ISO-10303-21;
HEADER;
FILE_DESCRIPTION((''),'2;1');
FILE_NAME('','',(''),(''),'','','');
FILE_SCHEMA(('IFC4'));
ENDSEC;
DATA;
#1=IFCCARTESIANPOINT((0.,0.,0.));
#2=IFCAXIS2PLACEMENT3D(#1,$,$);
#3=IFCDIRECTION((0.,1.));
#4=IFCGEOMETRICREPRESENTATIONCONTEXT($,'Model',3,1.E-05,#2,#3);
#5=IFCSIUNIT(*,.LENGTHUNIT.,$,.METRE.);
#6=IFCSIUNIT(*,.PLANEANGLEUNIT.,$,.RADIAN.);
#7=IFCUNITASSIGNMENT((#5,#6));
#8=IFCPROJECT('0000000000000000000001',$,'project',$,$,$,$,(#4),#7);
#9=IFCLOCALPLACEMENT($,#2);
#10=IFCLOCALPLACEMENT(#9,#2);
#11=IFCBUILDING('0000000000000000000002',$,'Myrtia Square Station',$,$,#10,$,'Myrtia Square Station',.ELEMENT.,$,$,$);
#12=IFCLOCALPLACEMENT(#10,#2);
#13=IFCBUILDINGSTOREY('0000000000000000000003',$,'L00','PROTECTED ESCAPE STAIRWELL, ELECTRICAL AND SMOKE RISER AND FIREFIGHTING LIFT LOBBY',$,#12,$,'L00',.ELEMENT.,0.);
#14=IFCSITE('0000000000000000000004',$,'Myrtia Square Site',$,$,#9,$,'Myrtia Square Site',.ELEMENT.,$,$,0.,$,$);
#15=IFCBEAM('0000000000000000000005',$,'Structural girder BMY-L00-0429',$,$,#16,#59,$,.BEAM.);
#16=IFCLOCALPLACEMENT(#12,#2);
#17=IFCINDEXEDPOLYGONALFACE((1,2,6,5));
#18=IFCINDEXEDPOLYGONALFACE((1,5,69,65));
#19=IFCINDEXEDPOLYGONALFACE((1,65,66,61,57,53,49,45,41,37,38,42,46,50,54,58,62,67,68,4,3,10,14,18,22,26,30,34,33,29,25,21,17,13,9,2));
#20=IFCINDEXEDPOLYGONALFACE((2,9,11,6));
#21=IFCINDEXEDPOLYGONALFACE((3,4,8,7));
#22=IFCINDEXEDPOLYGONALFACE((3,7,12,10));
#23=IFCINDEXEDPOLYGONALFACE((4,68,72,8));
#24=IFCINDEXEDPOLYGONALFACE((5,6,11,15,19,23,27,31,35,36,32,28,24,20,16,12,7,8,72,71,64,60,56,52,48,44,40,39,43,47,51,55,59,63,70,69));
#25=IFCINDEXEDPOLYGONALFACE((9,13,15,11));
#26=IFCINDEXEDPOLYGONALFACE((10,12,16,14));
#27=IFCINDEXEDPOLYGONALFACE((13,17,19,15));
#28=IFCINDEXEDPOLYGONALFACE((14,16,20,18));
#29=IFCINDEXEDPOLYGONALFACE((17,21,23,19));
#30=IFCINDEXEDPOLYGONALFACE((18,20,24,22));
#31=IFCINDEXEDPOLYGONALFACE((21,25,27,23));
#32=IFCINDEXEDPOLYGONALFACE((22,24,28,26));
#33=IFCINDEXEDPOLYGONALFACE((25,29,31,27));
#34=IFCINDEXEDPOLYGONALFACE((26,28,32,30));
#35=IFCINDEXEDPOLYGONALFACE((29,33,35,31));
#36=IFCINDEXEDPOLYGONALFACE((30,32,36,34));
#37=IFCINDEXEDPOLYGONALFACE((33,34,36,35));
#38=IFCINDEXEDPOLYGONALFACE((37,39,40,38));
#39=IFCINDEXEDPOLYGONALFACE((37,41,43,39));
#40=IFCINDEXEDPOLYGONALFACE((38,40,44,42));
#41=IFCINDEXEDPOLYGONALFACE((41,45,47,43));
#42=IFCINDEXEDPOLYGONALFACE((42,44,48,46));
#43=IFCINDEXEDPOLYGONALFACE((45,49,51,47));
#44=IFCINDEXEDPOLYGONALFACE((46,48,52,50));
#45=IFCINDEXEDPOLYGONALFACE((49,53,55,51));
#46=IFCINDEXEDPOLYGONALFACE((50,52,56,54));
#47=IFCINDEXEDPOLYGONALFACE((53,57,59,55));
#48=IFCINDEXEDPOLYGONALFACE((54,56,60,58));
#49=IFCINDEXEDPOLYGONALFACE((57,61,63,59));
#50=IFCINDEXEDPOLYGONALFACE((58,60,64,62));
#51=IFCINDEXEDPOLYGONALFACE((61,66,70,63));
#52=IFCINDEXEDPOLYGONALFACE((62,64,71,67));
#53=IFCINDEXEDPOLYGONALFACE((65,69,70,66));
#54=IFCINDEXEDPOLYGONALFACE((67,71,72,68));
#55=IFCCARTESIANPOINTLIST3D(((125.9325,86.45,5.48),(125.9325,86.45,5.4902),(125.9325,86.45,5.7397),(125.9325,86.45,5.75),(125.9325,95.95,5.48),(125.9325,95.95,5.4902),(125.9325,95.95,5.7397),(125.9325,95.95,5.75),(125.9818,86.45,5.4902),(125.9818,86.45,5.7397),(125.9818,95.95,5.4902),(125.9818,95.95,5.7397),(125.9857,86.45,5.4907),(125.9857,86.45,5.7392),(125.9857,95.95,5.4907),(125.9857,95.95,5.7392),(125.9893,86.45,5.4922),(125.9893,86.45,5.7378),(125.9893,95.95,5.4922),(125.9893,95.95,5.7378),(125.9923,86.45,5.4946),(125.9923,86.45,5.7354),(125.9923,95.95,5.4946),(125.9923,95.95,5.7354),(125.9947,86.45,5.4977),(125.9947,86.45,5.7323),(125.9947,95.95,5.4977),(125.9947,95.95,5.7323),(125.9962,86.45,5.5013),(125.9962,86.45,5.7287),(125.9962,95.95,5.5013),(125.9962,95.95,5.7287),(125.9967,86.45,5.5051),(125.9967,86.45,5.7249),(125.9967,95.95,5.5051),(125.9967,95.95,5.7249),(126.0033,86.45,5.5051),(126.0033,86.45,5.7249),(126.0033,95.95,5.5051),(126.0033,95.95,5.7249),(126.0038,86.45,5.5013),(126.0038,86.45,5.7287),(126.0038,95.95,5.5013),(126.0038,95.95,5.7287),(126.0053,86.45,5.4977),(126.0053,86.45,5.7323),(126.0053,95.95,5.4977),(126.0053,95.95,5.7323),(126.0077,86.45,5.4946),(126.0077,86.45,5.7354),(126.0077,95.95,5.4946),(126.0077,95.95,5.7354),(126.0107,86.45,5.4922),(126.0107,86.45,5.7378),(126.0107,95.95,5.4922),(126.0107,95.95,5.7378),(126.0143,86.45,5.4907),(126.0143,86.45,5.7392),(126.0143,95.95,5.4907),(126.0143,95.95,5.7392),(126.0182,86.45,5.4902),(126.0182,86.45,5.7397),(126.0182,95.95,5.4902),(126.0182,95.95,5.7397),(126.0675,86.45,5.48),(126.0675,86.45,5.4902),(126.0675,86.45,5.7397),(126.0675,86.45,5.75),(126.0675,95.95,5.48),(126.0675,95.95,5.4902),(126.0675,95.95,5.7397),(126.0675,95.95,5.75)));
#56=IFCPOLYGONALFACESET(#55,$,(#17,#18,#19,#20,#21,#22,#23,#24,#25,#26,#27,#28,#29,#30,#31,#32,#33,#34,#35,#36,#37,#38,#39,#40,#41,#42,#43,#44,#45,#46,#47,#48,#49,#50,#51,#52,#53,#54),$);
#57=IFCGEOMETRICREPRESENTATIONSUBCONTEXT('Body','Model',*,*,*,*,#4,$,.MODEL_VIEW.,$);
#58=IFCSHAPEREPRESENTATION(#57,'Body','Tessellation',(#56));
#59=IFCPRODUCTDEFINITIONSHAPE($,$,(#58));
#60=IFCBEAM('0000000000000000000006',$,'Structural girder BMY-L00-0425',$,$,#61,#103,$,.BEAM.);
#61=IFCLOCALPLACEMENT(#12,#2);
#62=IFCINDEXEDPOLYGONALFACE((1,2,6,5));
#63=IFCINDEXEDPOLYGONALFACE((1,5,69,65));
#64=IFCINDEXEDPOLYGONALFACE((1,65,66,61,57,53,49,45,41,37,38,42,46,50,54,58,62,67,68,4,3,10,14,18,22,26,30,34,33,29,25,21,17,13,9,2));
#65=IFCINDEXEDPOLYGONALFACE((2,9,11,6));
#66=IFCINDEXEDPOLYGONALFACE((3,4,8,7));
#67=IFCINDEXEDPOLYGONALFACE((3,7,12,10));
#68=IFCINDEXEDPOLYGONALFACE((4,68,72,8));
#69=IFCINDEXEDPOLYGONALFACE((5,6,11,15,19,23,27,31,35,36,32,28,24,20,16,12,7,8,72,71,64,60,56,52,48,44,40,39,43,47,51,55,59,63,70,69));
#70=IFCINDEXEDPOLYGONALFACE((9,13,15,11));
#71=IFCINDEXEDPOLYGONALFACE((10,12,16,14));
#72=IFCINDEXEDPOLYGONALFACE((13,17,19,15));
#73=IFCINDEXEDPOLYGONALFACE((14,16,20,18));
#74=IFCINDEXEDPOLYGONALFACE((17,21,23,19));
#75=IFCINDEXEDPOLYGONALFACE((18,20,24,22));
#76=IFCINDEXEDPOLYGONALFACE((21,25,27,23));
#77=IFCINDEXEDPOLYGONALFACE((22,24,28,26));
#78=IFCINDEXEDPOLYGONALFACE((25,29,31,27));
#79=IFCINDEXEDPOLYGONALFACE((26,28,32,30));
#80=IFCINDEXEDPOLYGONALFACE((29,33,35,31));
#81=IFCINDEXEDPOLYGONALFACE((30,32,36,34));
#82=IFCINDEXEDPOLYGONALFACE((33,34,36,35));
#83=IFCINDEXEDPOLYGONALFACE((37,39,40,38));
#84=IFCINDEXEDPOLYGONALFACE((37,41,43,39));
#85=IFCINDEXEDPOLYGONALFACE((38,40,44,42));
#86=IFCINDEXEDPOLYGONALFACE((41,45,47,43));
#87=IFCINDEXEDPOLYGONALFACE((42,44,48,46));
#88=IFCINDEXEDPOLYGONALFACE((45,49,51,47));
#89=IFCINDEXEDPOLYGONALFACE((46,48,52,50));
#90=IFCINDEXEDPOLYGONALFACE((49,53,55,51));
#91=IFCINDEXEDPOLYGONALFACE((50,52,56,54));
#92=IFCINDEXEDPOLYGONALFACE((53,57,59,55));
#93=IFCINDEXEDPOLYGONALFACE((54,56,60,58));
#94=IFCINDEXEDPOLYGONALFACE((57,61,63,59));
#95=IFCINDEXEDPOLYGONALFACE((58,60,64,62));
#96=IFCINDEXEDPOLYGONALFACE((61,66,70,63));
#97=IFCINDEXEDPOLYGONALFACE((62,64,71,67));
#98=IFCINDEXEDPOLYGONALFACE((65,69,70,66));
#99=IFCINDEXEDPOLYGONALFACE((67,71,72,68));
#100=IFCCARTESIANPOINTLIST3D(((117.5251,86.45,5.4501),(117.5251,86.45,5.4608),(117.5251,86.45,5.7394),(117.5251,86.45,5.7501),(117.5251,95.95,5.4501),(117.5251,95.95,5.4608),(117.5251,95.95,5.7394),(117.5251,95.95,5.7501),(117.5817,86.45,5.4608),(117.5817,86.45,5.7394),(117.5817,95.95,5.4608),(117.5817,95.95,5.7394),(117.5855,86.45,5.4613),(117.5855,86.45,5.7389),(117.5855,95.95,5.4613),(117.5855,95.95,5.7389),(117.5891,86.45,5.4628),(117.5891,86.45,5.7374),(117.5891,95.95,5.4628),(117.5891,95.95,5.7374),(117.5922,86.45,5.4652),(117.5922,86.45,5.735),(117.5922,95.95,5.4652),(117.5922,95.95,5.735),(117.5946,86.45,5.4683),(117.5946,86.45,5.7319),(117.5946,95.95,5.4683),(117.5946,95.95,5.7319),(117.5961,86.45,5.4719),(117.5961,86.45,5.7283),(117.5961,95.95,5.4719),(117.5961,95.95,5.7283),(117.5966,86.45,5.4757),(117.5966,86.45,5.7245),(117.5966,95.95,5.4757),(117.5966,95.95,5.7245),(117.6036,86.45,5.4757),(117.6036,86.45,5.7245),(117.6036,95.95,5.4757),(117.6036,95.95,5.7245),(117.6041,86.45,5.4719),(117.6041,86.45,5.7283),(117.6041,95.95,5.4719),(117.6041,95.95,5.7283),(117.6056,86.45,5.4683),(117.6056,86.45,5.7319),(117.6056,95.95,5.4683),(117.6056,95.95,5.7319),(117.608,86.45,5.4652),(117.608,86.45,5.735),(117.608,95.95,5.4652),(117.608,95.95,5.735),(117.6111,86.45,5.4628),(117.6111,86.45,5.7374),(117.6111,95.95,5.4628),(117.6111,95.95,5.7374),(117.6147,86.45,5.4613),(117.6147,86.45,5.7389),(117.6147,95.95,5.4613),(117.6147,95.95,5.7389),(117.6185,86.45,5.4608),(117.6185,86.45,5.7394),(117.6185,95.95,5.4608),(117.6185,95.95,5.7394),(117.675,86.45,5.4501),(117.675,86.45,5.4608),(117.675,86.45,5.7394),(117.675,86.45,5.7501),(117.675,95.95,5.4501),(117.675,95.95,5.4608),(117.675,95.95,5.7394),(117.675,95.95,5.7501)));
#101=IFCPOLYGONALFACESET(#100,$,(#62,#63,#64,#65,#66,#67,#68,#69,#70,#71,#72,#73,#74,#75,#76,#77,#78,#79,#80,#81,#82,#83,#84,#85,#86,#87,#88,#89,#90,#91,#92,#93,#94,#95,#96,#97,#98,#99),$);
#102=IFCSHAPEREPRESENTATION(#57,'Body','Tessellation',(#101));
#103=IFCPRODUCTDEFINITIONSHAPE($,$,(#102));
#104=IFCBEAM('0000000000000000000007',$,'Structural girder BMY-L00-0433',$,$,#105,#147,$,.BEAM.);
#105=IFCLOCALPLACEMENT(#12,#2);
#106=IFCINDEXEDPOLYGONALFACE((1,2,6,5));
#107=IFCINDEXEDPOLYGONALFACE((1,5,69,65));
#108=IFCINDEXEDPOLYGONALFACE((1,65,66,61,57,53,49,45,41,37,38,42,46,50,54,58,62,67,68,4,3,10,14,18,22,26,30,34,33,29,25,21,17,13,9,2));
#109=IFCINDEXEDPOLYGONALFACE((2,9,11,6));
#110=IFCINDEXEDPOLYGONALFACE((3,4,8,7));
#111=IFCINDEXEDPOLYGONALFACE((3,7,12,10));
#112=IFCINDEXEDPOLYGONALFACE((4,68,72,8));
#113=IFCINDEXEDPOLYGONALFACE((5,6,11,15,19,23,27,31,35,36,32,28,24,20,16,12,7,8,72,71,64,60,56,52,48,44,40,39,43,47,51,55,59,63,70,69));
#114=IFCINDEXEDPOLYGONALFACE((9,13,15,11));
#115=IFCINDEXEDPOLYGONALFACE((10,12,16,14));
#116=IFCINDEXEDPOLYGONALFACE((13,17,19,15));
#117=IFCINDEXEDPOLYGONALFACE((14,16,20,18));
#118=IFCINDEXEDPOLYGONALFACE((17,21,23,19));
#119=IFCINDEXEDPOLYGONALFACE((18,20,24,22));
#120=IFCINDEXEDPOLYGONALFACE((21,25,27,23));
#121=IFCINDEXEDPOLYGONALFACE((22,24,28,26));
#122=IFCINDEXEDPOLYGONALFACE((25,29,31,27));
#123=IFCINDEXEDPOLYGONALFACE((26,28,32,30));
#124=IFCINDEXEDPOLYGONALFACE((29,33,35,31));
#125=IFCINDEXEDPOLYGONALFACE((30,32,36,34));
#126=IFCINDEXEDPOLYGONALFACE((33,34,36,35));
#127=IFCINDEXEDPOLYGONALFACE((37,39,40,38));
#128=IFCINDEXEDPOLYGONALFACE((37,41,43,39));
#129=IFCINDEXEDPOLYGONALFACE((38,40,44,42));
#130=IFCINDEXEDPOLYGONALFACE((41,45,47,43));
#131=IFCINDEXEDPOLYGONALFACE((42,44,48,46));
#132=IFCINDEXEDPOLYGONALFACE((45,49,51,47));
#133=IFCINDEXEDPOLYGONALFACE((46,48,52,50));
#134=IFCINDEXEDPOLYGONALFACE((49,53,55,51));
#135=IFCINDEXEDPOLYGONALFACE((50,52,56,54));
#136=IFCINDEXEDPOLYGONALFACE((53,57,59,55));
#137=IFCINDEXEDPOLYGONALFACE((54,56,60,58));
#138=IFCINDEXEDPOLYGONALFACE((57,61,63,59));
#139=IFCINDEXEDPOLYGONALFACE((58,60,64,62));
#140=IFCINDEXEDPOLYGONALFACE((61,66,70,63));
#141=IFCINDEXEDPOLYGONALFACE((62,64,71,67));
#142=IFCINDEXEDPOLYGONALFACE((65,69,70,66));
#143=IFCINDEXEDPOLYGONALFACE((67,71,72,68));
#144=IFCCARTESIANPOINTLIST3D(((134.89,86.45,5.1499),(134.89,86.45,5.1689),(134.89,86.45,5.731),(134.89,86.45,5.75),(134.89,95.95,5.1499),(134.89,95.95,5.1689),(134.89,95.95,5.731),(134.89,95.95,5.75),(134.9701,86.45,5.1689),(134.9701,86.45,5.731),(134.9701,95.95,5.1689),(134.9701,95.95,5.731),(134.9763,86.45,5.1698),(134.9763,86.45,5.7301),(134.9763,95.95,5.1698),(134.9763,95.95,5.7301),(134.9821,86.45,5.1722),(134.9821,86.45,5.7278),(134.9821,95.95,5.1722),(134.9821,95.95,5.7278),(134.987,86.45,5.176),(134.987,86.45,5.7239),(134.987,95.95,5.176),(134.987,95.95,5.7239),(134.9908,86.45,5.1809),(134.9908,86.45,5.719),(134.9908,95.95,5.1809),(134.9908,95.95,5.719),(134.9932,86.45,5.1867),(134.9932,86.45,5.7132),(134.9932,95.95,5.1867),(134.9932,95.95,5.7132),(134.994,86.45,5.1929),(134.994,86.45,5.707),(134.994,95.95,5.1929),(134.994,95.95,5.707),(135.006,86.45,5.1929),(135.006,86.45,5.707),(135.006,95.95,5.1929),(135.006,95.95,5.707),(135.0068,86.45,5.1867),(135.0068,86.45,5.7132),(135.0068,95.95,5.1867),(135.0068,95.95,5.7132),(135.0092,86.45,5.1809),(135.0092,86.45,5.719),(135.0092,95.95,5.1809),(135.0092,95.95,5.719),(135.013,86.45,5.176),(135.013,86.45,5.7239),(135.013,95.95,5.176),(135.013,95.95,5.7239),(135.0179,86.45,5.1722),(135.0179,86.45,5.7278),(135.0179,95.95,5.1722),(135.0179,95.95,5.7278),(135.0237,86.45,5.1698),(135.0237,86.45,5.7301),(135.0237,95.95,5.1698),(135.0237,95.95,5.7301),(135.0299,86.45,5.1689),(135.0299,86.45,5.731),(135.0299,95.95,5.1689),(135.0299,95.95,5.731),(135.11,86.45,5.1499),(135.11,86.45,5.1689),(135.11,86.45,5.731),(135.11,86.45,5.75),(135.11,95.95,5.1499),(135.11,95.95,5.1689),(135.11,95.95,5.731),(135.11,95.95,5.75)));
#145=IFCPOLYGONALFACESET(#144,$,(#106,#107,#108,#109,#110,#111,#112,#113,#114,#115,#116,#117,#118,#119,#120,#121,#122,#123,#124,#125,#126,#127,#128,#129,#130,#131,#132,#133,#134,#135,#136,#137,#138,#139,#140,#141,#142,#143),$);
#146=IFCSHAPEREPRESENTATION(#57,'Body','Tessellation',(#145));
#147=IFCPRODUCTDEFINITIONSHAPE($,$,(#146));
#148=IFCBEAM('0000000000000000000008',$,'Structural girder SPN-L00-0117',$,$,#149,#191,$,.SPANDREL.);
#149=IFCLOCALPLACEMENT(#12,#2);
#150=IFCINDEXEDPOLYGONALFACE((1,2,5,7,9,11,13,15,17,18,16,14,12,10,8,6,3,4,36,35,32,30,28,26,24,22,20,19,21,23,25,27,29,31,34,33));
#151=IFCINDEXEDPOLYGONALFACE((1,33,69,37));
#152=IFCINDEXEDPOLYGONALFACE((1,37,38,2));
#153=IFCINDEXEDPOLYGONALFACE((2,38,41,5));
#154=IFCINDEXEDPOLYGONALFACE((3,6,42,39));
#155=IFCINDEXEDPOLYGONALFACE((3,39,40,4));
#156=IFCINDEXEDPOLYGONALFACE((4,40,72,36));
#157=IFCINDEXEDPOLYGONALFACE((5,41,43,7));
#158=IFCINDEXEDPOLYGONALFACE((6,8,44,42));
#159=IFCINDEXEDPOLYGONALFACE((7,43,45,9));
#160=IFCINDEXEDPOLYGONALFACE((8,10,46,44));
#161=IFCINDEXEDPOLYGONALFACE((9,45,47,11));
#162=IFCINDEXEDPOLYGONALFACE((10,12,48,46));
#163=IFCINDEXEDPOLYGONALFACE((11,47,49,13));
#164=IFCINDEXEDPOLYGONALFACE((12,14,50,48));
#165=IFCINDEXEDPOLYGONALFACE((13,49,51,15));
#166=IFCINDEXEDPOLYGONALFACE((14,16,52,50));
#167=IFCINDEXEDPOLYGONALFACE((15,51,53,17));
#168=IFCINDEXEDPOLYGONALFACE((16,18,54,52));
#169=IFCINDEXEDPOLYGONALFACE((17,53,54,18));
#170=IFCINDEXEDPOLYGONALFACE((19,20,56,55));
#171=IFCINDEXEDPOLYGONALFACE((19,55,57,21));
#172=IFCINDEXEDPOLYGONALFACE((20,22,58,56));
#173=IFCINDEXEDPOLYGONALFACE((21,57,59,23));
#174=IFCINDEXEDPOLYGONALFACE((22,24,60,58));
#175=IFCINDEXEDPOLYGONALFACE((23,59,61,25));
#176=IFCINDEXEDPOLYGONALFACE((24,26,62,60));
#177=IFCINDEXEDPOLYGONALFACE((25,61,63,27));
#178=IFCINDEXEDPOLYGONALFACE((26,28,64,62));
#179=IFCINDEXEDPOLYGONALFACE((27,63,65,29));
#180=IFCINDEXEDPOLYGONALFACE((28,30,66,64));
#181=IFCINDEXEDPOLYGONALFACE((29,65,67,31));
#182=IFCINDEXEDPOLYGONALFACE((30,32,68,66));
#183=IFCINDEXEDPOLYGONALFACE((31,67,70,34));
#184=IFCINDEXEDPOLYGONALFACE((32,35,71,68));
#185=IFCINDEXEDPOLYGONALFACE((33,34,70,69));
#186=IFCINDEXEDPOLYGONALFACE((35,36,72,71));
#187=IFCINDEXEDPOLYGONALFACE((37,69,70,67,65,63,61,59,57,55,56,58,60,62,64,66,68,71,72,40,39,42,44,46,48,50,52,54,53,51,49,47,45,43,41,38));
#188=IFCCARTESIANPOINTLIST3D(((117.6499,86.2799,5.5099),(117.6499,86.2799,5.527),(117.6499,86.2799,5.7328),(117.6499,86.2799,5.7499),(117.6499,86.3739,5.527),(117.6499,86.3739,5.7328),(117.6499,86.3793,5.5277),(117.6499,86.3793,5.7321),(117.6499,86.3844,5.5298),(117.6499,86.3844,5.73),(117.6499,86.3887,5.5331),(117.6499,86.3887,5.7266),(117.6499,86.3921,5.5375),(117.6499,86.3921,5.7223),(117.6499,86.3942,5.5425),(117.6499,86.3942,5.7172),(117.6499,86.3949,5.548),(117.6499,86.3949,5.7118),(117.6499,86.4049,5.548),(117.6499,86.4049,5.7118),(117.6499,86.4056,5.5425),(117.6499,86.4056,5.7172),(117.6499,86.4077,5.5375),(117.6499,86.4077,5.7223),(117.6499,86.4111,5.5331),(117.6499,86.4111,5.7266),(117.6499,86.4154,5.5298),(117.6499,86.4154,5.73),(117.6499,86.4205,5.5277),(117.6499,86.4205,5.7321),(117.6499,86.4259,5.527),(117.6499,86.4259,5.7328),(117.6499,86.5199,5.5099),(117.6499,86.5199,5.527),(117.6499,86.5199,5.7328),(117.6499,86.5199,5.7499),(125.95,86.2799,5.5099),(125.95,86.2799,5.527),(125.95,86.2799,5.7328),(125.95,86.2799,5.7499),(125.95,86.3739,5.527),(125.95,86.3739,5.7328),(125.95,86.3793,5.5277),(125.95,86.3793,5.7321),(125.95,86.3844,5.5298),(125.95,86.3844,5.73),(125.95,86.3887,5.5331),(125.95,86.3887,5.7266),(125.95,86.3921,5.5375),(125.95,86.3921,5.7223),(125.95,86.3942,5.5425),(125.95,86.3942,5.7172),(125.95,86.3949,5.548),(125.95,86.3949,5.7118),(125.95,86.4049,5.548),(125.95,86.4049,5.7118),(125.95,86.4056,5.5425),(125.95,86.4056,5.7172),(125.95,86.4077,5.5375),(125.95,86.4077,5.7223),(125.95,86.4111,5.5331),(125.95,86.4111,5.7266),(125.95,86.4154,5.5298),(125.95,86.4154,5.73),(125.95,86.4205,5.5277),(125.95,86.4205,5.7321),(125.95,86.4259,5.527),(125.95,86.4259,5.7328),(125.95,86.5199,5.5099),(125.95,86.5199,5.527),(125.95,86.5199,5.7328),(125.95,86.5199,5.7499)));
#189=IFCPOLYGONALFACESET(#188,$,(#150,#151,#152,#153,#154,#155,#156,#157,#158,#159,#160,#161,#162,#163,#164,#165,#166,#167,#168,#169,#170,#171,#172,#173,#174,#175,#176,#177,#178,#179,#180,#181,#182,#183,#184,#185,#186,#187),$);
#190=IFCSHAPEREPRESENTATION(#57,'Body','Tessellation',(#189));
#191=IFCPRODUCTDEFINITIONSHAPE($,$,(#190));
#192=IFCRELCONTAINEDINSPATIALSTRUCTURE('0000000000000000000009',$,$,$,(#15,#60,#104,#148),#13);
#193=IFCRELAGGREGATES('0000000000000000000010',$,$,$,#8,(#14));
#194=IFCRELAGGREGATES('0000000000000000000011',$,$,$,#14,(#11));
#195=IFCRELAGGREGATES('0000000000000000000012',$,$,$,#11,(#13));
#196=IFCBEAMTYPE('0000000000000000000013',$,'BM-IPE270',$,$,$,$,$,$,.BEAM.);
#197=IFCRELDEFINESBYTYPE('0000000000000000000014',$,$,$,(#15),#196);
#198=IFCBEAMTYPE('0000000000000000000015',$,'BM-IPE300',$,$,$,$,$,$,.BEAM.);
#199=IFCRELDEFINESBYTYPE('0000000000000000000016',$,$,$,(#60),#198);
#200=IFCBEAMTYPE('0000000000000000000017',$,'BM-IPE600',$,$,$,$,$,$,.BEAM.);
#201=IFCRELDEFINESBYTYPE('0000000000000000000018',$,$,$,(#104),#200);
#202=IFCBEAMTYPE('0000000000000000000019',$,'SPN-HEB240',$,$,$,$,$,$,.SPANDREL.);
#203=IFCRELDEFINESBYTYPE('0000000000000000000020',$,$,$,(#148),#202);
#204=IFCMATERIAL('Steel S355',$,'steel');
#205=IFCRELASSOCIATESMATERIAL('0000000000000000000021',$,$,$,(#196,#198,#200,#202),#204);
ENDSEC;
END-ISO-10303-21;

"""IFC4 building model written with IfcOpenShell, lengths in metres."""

from ifc_helpers import new_model, si_unit, direction, frame, origin, origin_2d, place, context, subcontext, project, spatial, i_section, extrude, material, material_profile, profile_set, type_object, element, save


model = new_model("IFC4")

# Units and contexts
model_context = context("Model", 3, precision=1e-05, world=origin(), true_north=direction((0.0, 1.0)))
body_context = subcontext(model_context, "Body", "Model", "MODEL_VIEW")
ifc_project = project(units=[si_unit("LENGTHUNIT", "METRE"), si_unit("PLANEANGLEUNIT", "RADIAN")], contexts=[model_context])

# Site, building, storey
site_placement = place(None, origin())
site = spatial("IfcSite", under=ifc_project, at=site_placement, Name="Myrtia Square Site", LongName="Myrtia Square Site", CompositionType="ELEMENT", RefElevation=0.0)
building_placement = place(site_placement, origin())
building = spatial("IfcBuilding", under=site, at=building_placement, Name="Myrtia Square Station", LongName="Myrtia Square Station", CompositionType="ELEMENT")
storey_placement = place(building_placement, origin())
storey = spatial("IfcBuildingStorey", under=building, at=storey_placement, Name="L00", Description="PROTECTED ESCAPE STAIRWELL, ELECTRICAL AND SMOKE RISER AND FIREFIGHTING LIFT LOBBY", LongName="L00", CompositionType="ELEMENT", Elevation=0.0)

# Shared definitions
ifc_material_1 = material(Name="Steel S355", Category="steel")

# Beams
ifc_material_profile_1 = material_profile(ifc_material_1, i_section(OverallWidth=0.135, OverallDepth=0.27, WebThickness=0.0066, FlangeThickness=0.0103, FilletRadius=0.0149, at=origin_2d()), Name="IPE 270")
ifc_profile_set_1 = profile_set([ifc_material_profile_1], Name="Steel S355")
beam_type_1 = type_object("IfcBeamType", Name="BM-IPE270", PredefinedType="BEAM", material=ifc_profile_set_1)
beam_1_placement = place(storey_placement, frame((126.0, 86.45, 5.615), z_axis=(0.0, 1.0, 0.0), x_axis=(-1.0, 0.0, 0.0)))
element("IfcBeam", 1, at=beam_1_placement, inside=storey, type_object=beam_type_1, Name="Structural girder BMY-L00-0429", PredefinedType="BEAM", context=body_context, shape_type="SweptSolid", body=[
    extrude(i_section(OverallWidth=0.135, OverallDepth=0.27, WebThickness=0.0066, FlangeThickness=0.0103, FilletRadius=0.0149, at=origin_2d()), origin(), (0.0, 0.0, 1.0), 9.5),
])
ifc_material_profile_2 = material_profile(ifc_material_1, i_section(OverallWidth=0.1499, OverallDepth=0.3, WebThickness=0.0071, FlangeThickness=0.0107, FilletRadius=0.0149, at=origin_2d()), Name="IPE 300")
ifc_profile_set_2 = profile_set([ifc_material_profile_2], Name="Steel S355")
beam_type_2 = type_object("IfcBeamType", Name="BM-IPE300", PredefinedType="BEAM", material=ifc_profile_set_2)
beam_2_placement = place(storey_placement, frame((117.6001, 86.45, 5.6001), z_axis=(0.0, 1.0, 0.0), x_axis=(-1.0, 0.0, 0.0)))
element("IfcBeam", 2, at=beam_2_placement, inside=storey, type_object=beam_type_2, Name="Structural girder BMY-L00-0425", PredefinedType="BEAM", context=body_context, shape_type="SweptSolid", body=[
    extrude(i_section(OverallWidth=0.1499, OverallDepth=0.3, WebThickness=0.0071, FlangeThickness=0.0107, FilletRadius=0.0149, at=origin_2d()), origin(), (0.0, 0.0, 1.0), 9.5),
])
ifc_material_profile_3 = material_profile(ifc_material_1, i_section(OverallWidth=0.22, OverallDepth=0.6001, WebThickness=0.012, FlangeThickness=0.019, FilletRadius=0.0239, at=origin_2d()), Name="IPE 600")
ifc_profile_set_3 = profile_set([ifc_material_profile_3], Name="Steel S355")
beam_type_3 = type_object("IfcBeamType", Name="BM-IPE600", PredefinedType="BEAM", material=ifc_profile_set_3)
beam_3_placement = place(storey_placement, frame((135.0, 86.45, 5.45), z_axis=(0.0, 1.0, 0.0), x_axis=(-1.0, 0.0, 0.0)))
element("IfcBeam", 3, at=beam_3_placement, inside=storey, type_object=beam_type_3, Name="Structural girder BMY-L00-0433", PredefinedType="BEAM", context=body_context, shape_type="SweptSolid", body=[
    extrude(i_section(OverallWidth=0.22, OverallDepth=0.6001, WebThickness=0.012, FlangeThickness=0.019, FilletRadius=0.0239, at=origin_2d()), origin(), (0.0, 0.0, 1.0), 9.5),
])
ifc_material_profile_4 = material_profile(ifc_material_1, i_section(OverallWidth=0.24, OverallDepth=0.24, WebThickness=0.01, FlangeThickness=0.0171, FilletRadius=0.021, at=origin_2d()), Name="HEB 240")
ifc_profile_set_4 = profile_set([ifc_material_profile_4], Name="Steel S355")
beam_type_4 = type_object("IfcBeamType", Name="SPN-HEB240", PredefinedType="SPANDREL", material=ifc_profile_set_4)
beam_4_placement = place(storey_placement, frame((117.6499, 86.3999, 5.6299), z_axis=(1.0, 0.0, 0.0), x_axis=(0.0, 1.0, 0.0)))
element("IfcBeam", 4, at=beam_4_placement, inside=storey, type_object=beam_type_4, Name="Structural girder SPN-L00-0117", PredefinedType="SPANDREL", context=body_context, shape_type="SweptSolid", body=[
    extrude(i_section(OverallWidth=0.24, OverallDepth=0.24, WebThickness=0.01, FlangeThickness=0.0171, FilletRadius=0.021, at=origin_2d()), origin(), (0.0, 0.0, 1.0), 8.3),
])

save(model, "model.ifc")
